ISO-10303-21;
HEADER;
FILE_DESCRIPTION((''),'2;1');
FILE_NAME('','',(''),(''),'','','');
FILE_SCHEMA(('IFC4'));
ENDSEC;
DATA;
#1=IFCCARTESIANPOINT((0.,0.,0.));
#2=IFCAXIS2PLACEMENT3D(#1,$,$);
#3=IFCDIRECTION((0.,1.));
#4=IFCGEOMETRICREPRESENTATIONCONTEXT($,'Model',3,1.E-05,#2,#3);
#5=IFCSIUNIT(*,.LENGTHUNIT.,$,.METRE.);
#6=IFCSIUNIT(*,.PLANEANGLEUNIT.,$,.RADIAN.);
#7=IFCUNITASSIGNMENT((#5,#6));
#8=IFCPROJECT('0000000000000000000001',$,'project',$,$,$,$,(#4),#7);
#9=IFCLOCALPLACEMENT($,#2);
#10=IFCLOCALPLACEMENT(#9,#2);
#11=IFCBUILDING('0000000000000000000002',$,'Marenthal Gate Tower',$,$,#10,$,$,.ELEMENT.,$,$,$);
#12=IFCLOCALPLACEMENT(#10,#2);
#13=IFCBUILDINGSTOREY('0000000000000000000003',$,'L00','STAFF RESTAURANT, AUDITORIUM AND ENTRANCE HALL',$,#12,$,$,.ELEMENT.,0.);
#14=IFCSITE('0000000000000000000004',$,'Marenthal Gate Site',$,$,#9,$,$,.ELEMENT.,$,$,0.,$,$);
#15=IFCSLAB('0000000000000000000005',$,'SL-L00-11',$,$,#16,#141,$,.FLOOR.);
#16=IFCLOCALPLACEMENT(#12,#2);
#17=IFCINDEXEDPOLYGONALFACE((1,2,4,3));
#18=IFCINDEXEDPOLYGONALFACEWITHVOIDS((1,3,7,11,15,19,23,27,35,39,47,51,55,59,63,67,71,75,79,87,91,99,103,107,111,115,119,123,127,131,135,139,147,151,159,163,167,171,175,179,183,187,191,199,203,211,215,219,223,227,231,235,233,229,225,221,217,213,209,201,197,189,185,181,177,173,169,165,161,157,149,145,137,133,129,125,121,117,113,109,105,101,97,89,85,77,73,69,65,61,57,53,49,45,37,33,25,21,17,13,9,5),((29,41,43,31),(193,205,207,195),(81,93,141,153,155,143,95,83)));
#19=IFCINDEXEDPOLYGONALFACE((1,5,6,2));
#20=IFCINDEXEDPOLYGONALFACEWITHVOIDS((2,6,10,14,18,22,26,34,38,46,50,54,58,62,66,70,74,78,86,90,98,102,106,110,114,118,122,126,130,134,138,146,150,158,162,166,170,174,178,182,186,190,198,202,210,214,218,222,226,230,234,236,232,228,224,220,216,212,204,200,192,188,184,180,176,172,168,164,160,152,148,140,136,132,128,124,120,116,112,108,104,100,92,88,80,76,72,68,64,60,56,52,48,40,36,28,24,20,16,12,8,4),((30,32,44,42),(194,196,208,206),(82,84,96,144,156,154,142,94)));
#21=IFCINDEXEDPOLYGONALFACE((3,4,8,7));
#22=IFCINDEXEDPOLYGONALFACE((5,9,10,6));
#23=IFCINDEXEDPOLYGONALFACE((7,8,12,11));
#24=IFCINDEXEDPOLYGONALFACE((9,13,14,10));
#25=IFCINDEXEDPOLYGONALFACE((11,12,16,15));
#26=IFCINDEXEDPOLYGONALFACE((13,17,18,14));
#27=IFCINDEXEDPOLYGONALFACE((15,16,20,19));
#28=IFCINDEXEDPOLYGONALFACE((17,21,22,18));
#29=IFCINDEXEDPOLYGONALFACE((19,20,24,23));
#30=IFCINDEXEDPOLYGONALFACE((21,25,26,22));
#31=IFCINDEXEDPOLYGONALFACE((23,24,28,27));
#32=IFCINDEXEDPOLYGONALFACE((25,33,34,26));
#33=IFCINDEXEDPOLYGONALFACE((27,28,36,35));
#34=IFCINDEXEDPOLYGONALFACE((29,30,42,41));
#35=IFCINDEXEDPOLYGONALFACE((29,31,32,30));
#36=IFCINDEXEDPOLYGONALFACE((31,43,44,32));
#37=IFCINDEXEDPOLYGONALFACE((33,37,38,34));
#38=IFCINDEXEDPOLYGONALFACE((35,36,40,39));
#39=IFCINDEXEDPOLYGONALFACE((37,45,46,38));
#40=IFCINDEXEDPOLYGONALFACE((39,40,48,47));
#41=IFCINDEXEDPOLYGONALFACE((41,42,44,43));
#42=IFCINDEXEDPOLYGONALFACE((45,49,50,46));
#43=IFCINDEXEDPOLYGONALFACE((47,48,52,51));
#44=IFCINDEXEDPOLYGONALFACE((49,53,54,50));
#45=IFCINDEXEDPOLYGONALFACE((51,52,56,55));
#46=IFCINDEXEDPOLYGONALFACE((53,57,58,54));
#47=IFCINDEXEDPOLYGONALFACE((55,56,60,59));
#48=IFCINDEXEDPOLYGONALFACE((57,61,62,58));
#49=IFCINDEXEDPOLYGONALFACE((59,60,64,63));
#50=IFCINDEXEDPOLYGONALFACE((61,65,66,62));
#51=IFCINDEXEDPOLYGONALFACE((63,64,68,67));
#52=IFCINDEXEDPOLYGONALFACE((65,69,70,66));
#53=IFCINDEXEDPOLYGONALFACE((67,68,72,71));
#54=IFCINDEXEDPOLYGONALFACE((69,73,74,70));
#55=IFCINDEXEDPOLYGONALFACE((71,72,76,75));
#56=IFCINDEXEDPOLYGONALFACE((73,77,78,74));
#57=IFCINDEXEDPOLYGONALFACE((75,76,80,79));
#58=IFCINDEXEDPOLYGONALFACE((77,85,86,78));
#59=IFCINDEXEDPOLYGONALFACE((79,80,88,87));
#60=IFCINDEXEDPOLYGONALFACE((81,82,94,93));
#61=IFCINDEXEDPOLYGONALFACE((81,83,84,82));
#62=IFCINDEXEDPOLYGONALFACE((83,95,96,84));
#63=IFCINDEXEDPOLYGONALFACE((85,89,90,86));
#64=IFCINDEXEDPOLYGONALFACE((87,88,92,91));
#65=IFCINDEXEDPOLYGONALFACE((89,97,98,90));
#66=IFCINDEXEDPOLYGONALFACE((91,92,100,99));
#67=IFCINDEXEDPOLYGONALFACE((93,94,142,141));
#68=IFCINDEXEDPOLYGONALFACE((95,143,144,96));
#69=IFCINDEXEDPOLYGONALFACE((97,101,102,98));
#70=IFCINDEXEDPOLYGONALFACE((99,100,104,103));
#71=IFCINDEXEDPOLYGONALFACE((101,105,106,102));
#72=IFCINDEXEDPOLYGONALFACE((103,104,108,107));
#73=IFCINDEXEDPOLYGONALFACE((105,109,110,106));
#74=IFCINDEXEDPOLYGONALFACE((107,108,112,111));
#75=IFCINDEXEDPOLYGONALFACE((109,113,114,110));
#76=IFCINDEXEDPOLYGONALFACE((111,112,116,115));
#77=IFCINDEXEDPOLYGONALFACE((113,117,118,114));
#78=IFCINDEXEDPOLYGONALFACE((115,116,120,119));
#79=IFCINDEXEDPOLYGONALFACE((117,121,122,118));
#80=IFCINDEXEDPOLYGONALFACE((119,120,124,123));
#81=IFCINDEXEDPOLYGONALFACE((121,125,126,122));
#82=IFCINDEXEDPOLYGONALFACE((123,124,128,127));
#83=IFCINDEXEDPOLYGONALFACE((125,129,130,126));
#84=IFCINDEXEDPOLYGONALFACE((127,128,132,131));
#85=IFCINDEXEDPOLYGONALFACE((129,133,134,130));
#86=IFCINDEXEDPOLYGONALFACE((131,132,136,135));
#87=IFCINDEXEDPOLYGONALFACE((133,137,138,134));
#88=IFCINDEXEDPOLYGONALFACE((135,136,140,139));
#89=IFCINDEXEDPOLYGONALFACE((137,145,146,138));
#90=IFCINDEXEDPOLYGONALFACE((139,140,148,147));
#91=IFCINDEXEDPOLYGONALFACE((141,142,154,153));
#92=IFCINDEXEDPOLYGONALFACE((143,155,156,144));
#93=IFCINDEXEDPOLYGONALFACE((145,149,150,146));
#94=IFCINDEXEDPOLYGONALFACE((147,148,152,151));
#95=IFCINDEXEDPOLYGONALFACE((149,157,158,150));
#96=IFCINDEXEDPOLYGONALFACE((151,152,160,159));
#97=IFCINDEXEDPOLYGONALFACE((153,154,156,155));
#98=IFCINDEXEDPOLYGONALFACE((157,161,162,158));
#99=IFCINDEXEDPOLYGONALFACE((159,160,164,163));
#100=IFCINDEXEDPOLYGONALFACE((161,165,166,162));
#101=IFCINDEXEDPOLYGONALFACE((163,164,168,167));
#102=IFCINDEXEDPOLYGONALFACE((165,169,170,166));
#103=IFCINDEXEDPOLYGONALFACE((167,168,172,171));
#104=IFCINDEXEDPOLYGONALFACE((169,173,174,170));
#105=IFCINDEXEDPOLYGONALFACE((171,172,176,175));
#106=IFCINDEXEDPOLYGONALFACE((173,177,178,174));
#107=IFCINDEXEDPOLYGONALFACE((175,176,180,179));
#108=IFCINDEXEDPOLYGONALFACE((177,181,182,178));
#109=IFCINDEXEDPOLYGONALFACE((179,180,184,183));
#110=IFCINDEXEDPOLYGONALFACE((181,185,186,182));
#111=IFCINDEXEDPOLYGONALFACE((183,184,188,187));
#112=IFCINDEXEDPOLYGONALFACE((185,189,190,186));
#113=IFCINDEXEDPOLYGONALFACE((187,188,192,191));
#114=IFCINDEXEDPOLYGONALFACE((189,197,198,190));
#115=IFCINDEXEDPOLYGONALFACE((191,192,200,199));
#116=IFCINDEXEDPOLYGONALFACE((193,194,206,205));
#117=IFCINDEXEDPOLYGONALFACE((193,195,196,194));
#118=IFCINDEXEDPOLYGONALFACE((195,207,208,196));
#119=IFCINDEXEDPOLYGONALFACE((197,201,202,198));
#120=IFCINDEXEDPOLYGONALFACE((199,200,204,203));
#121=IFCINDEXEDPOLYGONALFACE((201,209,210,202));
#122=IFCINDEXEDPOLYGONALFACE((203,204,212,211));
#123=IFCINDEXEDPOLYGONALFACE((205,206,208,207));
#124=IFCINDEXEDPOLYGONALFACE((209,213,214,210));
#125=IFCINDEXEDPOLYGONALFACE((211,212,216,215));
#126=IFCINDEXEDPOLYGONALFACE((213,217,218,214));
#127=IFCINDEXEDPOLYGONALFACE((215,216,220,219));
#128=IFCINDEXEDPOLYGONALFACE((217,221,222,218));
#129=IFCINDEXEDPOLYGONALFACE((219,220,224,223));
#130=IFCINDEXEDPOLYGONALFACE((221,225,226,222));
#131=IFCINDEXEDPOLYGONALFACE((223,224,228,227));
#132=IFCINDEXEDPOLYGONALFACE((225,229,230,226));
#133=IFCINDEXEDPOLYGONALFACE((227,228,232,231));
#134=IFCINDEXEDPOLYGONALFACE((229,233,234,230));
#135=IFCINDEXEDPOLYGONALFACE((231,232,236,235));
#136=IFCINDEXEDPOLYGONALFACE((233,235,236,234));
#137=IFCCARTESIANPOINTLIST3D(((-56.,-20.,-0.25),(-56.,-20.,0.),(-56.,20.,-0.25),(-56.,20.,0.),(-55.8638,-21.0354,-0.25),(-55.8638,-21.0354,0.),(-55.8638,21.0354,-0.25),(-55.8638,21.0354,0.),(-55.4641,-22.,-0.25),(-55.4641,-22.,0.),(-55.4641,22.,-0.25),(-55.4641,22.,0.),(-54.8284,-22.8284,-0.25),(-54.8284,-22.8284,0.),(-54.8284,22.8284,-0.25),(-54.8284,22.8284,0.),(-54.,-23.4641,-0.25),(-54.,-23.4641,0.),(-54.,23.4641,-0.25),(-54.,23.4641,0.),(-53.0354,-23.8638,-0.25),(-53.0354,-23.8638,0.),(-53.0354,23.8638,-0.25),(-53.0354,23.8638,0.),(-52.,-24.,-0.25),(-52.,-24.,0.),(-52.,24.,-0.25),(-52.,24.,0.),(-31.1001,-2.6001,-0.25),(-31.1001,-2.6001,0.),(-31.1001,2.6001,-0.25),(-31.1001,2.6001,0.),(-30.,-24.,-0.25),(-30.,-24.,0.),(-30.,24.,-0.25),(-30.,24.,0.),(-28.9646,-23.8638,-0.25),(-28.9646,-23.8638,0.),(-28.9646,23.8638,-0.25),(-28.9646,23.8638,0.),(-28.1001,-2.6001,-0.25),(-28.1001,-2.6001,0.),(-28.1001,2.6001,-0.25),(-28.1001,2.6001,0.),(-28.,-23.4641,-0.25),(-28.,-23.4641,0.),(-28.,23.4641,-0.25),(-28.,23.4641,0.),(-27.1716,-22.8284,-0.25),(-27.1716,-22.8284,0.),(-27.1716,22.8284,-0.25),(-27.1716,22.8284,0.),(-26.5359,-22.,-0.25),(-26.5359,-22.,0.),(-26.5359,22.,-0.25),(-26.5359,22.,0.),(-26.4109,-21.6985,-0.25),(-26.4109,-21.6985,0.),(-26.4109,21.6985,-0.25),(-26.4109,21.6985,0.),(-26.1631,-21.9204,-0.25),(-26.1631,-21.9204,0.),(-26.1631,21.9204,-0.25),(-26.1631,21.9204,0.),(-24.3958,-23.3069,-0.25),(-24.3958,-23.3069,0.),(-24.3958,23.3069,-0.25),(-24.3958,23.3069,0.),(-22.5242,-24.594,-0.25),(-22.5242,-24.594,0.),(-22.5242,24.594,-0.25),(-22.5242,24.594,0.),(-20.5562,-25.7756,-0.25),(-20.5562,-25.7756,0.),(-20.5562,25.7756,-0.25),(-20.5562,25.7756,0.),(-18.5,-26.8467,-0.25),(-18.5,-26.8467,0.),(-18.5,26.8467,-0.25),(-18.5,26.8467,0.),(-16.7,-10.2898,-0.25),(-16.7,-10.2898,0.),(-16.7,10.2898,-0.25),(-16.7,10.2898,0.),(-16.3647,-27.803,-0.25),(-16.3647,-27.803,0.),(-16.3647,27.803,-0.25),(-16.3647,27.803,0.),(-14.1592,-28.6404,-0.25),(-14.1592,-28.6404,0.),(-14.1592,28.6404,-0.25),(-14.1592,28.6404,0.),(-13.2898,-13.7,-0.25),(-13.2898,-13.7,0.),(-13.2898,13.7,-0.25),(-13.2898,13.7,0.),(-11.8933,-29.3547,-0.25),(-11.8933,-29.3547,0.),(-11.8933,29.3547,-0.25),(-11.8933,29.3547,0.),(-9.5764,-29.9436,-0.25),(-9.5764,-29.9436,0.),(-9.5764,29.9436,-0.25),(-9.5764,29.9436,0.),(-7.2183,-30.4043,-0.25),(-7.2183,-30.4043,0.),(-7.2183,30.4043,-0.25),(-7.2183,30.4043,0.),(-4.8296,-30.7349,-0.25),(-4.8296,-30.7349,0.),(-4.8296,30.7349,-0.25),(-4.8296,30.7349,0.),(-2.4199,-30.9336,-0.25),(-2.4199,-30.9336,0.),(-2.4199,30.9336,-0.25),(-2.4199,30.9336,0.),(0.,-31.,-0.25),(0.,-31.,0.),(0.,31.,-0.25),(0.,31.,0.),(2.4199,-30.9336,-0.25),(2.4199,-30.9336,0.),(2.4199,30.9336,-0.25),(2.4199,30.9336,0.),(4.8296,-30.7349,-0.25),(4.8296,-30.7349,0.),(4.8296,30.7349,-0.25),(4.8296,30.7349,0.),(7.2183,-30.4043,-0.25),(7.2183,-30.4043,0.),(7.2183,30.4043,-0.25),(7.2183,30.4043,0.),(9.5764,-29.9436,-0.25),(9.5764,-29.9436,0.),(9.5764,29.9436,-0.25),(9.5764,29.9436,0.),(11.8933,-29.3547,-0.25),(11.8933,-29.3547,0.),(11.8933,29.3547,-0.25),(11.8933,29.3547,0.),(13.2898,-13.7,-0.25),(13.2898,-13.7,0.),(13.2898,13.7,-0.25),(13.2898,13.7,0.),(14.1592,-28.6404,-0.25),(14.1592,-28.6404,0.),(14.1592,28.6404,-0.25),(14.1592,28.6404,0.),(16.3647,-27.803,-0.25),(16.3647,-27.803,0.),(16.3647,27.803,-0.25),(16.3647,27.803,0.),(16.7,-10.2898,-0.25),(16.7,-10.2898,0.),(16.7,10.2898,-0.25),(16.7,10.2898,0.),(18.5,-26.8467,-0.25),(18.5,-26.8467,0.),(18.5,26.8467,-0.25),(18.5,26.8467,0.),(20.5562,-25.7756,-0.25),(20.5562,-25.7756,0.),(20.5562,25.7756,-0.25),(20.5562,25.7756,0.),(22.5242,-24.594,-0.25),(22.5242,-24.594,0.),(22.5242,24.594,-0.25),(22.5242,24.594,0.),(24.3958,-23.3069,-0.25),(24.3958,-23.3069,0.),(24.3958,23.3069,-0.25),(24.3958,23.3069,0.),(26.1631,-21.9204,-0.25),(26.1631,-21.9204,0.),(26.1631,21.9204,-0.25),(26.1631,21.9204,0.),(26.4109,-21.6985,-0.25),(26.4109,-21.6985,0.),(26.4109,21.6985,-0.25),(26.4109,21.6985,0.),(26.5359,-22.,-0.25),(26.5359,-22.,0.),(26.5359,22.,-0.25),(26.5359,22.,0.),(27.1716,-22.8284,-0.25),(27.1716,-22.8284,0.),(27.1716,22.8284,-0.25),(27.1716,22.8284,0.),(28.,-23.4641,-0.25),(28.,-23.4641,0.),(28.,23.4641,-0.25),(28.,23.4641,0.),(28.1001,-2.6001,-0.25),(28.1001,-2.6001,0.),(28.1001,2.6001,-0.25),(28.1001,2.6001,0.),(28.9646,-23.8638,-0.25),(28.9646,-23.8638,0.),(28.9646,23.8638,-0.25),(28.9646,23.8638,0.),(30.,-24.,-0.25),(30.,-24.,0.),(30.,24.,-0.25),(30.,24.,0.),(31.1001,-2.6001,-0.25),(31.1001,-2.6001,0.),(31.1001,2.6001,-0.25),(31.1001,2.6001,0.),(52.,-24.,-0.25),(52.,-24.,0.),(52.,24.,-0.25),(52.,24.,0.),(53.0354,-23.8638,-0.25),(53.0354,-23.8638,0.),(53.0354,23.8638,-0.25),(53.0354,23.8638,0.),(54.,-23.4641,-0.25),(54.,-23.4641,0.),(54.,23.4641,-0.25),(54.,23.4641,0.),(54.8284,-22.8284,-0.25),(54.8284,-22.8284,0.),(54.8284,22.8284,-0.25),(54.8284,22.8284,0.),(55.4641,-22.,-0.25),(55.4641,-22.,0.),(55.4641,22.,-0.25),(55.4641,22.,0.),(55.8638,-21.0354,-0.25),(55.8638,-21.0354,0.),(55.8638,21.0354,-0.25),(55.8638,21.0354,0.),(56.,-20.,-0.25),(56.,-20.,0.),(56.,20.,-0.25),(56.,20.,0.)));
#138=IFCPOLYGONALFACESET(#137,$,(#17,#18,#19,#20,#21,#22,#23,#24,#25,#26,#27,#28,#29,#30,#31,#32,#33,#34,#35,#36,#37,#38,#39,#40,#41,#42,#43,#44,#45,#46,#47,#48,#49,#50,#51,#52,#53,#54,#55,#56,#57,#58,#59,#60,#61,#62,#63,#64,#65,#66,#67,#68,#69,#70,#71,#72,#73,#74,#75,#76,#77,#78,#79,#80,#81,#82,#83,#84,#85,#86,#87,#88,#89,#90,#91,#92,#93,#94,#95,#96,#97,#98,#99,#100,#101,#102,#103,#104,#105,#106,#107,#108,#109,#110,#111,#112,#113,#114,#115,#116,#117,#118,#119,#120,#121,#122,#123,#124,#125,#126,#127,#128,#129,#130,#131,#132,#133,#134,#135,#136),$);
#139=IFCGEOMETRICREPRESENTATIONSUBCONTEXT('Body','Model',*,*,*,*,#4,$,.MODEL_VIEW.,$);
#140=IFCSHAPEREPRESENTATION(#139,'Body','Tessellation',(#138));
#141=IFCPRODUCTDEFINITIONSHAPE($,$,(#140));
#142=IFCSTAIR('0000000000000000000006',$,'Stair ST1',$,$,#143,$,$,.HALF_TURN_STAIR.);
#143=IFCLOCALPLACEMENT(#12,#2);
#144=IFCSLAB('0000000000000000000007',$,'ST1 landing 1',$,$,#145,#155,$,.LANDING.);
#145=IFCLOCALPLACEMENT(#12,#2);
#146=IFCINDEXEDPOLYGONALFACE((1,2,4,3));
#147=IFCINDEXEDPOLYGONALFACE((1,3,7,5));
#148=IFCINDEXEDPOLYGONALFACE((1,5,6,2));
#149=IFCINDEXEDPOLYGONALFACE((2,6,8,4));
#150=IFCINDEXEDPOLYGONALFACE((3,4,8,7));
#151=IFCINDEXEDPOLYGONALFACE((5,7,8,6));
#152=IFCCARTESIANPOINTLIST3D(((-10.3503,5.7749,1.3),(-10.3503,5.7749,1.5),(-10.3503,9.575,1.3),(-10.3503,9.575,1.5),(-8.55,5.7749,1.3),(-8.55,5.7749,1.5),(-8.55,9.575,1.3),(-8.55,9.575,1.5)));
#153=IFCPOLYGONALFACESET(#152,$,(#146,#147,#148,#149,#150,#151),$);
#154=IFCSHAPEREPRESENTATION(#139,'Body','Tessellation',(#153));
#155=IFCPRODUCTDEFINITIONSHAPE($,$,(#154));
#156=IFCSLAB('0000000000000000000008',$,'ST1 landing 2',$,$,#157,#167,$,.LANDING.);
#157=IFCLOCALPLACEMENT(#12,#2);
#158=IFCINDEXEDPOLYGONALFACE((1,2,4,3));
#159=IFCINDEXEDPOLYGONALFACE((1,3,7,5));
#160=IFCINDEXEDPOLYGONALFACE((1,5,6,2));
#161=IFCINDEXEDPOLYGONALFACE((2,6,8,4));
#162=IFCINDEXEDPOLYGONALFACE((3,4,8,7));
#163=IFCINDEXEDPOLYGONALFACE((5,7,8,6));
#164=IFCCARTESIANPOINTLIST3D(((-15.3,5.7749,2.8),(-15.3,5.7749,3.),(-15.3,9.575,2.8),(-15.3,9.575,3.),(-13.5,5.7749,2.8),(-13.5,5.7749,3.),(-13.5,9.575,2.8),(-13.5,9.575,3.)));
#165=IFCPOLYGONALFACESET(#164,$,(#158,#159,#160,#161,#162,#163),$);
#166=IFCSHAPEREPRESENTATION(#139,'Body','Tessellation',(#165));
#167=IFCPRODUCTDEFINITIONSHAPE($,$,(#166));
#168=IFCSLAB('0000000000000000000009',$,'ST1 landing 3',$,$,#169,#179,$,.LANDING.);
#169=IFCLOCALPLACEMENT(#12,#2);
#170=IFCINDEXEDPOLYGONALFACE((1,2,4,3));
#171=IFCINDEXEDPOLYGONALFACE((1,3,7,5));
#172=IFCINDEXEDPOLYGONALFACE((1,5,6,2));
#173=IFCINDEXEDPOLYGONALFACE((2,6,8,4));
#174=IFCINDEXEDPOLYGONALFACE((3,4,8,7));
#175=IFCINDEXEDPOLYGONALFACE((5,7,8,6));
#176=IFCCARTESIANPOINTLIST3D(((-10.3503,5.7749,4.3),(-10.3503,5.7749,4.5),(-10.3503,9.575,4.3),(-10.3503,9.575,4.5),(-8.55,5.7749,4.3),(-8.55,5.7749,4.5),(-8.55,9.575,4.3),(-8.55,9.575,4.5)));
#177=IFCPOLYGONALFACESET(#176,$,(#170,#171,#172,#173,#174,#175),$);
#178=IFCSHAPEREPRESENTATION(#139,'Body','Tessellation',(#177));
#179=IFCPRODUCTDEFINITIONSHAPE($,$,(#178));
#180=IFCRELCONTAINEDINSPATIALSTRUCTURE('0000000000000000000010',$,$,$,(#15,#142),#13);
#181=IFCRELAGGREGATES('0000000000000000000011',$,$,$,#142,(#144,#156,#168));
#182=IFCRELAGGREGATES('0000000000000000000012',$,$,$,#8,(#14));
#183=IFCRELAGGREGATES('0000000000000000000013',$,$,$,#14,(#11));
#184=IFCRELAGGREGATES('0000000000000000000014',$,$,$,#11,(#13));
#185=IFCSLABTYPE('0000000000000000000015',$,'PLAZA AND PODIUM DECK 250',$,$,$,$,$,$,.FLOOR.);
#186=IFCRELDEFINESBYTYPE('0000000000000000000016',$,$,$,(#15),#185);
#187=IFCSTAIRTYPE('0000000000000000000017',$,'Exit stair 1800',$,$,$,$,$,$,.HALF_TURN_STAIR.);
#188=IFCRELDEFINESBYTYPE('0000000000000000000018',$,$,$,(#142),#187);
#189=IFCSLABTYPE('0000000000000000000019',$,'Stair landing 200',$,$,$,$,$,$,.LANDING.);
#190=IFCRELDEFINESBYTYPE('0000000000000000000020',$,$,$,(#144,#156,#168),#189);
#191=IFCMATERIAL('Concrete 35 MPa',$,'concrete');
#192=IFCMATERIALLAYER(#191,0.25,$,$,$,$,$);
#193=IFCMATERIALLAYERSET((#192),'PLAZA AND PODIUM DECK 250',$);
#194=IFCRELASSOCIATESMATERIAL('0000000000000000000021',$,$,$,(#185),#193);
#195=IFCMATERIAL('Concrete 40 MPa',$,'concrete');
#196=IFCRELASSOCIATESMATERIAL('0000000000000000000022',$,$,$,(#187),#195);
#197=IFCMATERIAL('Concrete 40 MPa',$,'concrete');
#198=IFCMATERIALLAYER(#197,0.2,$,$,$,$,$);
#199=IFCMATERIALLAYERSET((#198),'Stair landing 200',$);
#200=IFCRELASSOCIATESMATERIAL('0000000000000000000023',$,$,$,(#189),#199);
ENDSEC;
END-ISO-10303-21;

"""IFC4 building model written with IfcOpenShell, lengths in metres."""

from ifc_helpers import new_model, si_unit, direction, frame, origin, place, context, subcontext, project, spatial, polyline, outline, extrude, material, layer, layer_set, type_object, element, aggregate, save


model = new_model("IFC4")

# Units and contexts
model_context = context("Model", 3, precision=1e-05, world=origin(), true_north=direction((0.0, 1.0)))
body_context = subcontext(model_context, "Body", "Model", "MODEL_VIEW")
ifc_project = project(units=[si_unit("LENGTHUNIT", "METRE"), si_unit("PLANEANGLEUNIT", "RADIAN")], contexts=[model_context])

# Site, building, storey
site_placement = place(None, origin())
site = spatial("IfcSite", under=ifc_project, at=site_placement, Name="Marenthal Gate Site", CompositionType="ELEMENT", RefElevation=0.0)
building_placement = place(site_placement, origin())
building = spatial("IfcBuilding", under=site, at=building_placement, Name="Marenthal Gate Tower", CompositionType="ELEMENT")
storey_placement = place(building_placement, origin())
storey = spatial("IfcBuildingStorey", under=building, at=storey_placement, Name="L00", Description="STAFF RESTAURANT, AUDITORIUM AND ENTRANCE HALL", CompositionType="ELEMENT", Elevation=0.0)

# Slab
ifc_material_1 = material(Name="Concrete 35 MPa", Category="concrete")
ifc_layer_1 = layer(ifc_material_1, 0.25)
ifc_layer_set_1 = layer_set([ifc_layer_1], Name="PLAZA AND PODIUM DECK 250")
slab_type_1 = type_object("IfcSlabType", Name="PLAZA AND PODIUM DECK 250", PredefinedType="FLOOR", material=ifc_layer_set_1)
slab_1_placement = place(storey_placement, frame((0.0, 0.0, -0.25)))
element("IfcSlab", 1, at=slab_1_placement, inside=storey, type_object=slab_type_1, Name="SL-L00-11", PredefinedType="FLOOR", context=body_context, shape_type="SweptSolid", body=[
    extrude(outline(polyline([(-28.0, -23.4641), (-28.9646, -23.8638), (-30.0, -24.0), (-52.0, -24.0), (-53.0354, -23.8638), (-54.0, -23.4641), (-54.8284, -22.8284), (-55.4641, -22.0), (-55.8638, -21.0354), (-56.0, -20.0), (-56.0, 20.0), (-55.8638, 21.0354), (-55.4641, 22.0), (-54.8284, 22.8284), (-54.0, 23.4641), (-53.0354, 23.8638), (-52.0, 24.0), (-30.0, 24.0), (-28.9646, 23.8638), (-28.0, 23.4641), (-27.1716, 22.8284), (-26.5359, 22.0), (-26.4109, 21.6985), (-26.1631, 21.9204), (-24.3958, 23.3069), (-22.5242, 24.594), (-20.5562, 25.7756), (-18.5, 26.8467), (-16.3647, 27.803), (-14.1592, 28.6404), (-11.8933, 29.3547), (-9.5764, 29.9436), (-7.2183, 30.4043), (-4.8296, 30.7349), (-2.4199, 30.9336), (0.0, 31.0), (2.4199, 30.9336), (4.8296, 30.7349), (7.2183, 30.4043), (9.5764, 29.9436), (11.8933, 29.3547), (14.1592, 28.6404), (16.3647, 27.803), (18.5, 26.8467), (20.5562, 25.7756), (22.5242, 24.594), (24.3958, 23.3069), (26.1631, 21.9204), (26.4109, 21.6985), (26.5359, 22.0), (27.1716, 22.8284), (28.0, 23.4641), (28.9646, 23.8638), (30.0, 24.0), (52.0, 24.0), (53.0354, 23.8638), (54.0, 23.4641), (54.8284, 22.8284), (55.4641, 22.0), (55.8638, 21.0354), (56.0, 20.0), (56.0, -20.0), (55.8638, -21.0354), (55.4641, -22.0), (54.8284, -22.8284), (54.0, -23.4641), (53.0354, -23.8638), (52.0, -24.0), (30.0, -24.0), (28.9646, -23.8638), (28.0, -23.4641), (27.1716, -22.8284), (26.5359, -22.0), (26.4109, -21.6985), (26.1631, -21.9204), (24.3958, -23.3069), (22.5242, -24.594), (20.5562, -25.7756), (18.5, -26.8467), (16.3647, -27.803), (14.1592, -28.6404), (11.8933, -29.3547), (9.5764, -29.9436), (7.2183, -30.4043), (4.8296, -30.7349), (2.4199, -30.9336), (0.0, -31.0), (-2.4199, -30.9336), (-4.8296, -30.7349), (-7.2183, -30.4043), (-9.5764, -29.9436), (-11.8933, -29.3547), (-14.1592, -28.6404), (-16.3647, -27.803), (-18.5, -26.8467), (-20.5562, -25.7756), (-22.5242, -24.594), (-24.3958, -23.3069), (-26.1631, -21.9204), (-26.4109, -21.6985), (-26.5359, -22.0), (-27.1716, -22.8284), (-28.0, -23.4641)]), holes=[polyline([(16.7, 10.2898), (13.2898, 13.7), (-13.2898, 13.7), (-16.7, 10.2898), (-16.7, -10.2898), (-13.2898, -13.7), (13.2898, -13.7), (16.7, -10.2898), (16.7, 10.2898)]), polyline([(-28.1001, -2.6001), (-28.1001, 2.6001), (-31.1001, 2.6001), (-31.1001, -2.6001), (-28.1001, -2.6001)]), polyline([(31.1001, -2.6001), (31.1001, 2.6001), (28.1001, 2.6001), (28.1001, -2.6001), (31.1001, -2.6001)])]), origin(), (0.0, 0.0, 1.0), 0.25),
])

# Stair, slabs
ifc_material_2 = material(Name="Concrete 40 MPa", Category="concrete")
stair_type = type_object("IfcStairType", Name="Exit stair 1800", PredefinedType="HALF_TURN_STAIR", material=ifc_material_2)
stair_1_placement = place(storey_placement, origin())
stair_1 = element("IfcStair", 2, at=stair_1_placement, inside=storey, type_object=stair_type, Name="Stair ST1", PredefinedType="HALF_TURN_STAIR")
ifc_material_3 = material(Name="Concrete 40 MPa", Category="concrete")
ifc_layer_2 = layer(ifc_material_3, 0.2)
ifc_layer_set_2 = layer_set([ifc_layer_2], Name="Stair landing 200")
slab_type_2 = type_object("IfcSlabType", Name="Stair landing 200", PredefinedType="LANDING", material=ifc_layer_set_2)
slab_2_placement = place(storey_placement, frame((0.0, 0.0, 1.3)))
slab_2 = element("IfcSlab", 3, at=slab_2_placement, type_object=slab_type_2, Name="ST1 landing 1", PredefinedType="LANDING", context=body_context, shape_type="SweptSolid", body=[
    extrude(outline(polyline([(-10.3503, 5.7749), (-8.55, 5.7749), (-8.55, 9.575), (-10.3503, 9.575), (-10.3503, 5.7749)])), origin(), (0.0, 0.0, 1.0), 0.2),
])
slab_3_placement = place(storey_placement, frame((0.0, 0.0, 2.8)))
slab_3 = element("IfcSlab", 4, at=slab_3_placement, type_object=slab_type_2, Name="ST1 landing 2", PredefinedType="LANDING", context=body_context, shape_type="SweptSolid", body=[
    extrude(outline(polyline([(-15.3, 5.7749), (-13.5, 5.7749), (-13.5, 9.575), (-15.3, 9.575), (-15.3, 5.7749)])), origin(), (0.0, 0.0, 1.0), 0.2),
])
slab_4_placement = place(storey_placement, frame((0.0, 0.0, 4.3)))
slab_4 = element("IfcSlab", 5, at=slab_4_placement, type_object=slab_type_2, Name="ST1 landing 3", PredefinedType="LANDING", context=body_context, shape_type="SweptSolid", body=[
    extrude(outline(polyline([(-10.3503, 5.7749), (-8.55, 5.7749), (-8.55, 9.575), (-10.3503, 9.575), (-10.3503, 5.7749)])), origin(), (0.0, 0.0, 1.0), 0.2),
])
aggregate(stair_1, [slab_2, slab_3, slab_4])

save(model, "model.ifc")
